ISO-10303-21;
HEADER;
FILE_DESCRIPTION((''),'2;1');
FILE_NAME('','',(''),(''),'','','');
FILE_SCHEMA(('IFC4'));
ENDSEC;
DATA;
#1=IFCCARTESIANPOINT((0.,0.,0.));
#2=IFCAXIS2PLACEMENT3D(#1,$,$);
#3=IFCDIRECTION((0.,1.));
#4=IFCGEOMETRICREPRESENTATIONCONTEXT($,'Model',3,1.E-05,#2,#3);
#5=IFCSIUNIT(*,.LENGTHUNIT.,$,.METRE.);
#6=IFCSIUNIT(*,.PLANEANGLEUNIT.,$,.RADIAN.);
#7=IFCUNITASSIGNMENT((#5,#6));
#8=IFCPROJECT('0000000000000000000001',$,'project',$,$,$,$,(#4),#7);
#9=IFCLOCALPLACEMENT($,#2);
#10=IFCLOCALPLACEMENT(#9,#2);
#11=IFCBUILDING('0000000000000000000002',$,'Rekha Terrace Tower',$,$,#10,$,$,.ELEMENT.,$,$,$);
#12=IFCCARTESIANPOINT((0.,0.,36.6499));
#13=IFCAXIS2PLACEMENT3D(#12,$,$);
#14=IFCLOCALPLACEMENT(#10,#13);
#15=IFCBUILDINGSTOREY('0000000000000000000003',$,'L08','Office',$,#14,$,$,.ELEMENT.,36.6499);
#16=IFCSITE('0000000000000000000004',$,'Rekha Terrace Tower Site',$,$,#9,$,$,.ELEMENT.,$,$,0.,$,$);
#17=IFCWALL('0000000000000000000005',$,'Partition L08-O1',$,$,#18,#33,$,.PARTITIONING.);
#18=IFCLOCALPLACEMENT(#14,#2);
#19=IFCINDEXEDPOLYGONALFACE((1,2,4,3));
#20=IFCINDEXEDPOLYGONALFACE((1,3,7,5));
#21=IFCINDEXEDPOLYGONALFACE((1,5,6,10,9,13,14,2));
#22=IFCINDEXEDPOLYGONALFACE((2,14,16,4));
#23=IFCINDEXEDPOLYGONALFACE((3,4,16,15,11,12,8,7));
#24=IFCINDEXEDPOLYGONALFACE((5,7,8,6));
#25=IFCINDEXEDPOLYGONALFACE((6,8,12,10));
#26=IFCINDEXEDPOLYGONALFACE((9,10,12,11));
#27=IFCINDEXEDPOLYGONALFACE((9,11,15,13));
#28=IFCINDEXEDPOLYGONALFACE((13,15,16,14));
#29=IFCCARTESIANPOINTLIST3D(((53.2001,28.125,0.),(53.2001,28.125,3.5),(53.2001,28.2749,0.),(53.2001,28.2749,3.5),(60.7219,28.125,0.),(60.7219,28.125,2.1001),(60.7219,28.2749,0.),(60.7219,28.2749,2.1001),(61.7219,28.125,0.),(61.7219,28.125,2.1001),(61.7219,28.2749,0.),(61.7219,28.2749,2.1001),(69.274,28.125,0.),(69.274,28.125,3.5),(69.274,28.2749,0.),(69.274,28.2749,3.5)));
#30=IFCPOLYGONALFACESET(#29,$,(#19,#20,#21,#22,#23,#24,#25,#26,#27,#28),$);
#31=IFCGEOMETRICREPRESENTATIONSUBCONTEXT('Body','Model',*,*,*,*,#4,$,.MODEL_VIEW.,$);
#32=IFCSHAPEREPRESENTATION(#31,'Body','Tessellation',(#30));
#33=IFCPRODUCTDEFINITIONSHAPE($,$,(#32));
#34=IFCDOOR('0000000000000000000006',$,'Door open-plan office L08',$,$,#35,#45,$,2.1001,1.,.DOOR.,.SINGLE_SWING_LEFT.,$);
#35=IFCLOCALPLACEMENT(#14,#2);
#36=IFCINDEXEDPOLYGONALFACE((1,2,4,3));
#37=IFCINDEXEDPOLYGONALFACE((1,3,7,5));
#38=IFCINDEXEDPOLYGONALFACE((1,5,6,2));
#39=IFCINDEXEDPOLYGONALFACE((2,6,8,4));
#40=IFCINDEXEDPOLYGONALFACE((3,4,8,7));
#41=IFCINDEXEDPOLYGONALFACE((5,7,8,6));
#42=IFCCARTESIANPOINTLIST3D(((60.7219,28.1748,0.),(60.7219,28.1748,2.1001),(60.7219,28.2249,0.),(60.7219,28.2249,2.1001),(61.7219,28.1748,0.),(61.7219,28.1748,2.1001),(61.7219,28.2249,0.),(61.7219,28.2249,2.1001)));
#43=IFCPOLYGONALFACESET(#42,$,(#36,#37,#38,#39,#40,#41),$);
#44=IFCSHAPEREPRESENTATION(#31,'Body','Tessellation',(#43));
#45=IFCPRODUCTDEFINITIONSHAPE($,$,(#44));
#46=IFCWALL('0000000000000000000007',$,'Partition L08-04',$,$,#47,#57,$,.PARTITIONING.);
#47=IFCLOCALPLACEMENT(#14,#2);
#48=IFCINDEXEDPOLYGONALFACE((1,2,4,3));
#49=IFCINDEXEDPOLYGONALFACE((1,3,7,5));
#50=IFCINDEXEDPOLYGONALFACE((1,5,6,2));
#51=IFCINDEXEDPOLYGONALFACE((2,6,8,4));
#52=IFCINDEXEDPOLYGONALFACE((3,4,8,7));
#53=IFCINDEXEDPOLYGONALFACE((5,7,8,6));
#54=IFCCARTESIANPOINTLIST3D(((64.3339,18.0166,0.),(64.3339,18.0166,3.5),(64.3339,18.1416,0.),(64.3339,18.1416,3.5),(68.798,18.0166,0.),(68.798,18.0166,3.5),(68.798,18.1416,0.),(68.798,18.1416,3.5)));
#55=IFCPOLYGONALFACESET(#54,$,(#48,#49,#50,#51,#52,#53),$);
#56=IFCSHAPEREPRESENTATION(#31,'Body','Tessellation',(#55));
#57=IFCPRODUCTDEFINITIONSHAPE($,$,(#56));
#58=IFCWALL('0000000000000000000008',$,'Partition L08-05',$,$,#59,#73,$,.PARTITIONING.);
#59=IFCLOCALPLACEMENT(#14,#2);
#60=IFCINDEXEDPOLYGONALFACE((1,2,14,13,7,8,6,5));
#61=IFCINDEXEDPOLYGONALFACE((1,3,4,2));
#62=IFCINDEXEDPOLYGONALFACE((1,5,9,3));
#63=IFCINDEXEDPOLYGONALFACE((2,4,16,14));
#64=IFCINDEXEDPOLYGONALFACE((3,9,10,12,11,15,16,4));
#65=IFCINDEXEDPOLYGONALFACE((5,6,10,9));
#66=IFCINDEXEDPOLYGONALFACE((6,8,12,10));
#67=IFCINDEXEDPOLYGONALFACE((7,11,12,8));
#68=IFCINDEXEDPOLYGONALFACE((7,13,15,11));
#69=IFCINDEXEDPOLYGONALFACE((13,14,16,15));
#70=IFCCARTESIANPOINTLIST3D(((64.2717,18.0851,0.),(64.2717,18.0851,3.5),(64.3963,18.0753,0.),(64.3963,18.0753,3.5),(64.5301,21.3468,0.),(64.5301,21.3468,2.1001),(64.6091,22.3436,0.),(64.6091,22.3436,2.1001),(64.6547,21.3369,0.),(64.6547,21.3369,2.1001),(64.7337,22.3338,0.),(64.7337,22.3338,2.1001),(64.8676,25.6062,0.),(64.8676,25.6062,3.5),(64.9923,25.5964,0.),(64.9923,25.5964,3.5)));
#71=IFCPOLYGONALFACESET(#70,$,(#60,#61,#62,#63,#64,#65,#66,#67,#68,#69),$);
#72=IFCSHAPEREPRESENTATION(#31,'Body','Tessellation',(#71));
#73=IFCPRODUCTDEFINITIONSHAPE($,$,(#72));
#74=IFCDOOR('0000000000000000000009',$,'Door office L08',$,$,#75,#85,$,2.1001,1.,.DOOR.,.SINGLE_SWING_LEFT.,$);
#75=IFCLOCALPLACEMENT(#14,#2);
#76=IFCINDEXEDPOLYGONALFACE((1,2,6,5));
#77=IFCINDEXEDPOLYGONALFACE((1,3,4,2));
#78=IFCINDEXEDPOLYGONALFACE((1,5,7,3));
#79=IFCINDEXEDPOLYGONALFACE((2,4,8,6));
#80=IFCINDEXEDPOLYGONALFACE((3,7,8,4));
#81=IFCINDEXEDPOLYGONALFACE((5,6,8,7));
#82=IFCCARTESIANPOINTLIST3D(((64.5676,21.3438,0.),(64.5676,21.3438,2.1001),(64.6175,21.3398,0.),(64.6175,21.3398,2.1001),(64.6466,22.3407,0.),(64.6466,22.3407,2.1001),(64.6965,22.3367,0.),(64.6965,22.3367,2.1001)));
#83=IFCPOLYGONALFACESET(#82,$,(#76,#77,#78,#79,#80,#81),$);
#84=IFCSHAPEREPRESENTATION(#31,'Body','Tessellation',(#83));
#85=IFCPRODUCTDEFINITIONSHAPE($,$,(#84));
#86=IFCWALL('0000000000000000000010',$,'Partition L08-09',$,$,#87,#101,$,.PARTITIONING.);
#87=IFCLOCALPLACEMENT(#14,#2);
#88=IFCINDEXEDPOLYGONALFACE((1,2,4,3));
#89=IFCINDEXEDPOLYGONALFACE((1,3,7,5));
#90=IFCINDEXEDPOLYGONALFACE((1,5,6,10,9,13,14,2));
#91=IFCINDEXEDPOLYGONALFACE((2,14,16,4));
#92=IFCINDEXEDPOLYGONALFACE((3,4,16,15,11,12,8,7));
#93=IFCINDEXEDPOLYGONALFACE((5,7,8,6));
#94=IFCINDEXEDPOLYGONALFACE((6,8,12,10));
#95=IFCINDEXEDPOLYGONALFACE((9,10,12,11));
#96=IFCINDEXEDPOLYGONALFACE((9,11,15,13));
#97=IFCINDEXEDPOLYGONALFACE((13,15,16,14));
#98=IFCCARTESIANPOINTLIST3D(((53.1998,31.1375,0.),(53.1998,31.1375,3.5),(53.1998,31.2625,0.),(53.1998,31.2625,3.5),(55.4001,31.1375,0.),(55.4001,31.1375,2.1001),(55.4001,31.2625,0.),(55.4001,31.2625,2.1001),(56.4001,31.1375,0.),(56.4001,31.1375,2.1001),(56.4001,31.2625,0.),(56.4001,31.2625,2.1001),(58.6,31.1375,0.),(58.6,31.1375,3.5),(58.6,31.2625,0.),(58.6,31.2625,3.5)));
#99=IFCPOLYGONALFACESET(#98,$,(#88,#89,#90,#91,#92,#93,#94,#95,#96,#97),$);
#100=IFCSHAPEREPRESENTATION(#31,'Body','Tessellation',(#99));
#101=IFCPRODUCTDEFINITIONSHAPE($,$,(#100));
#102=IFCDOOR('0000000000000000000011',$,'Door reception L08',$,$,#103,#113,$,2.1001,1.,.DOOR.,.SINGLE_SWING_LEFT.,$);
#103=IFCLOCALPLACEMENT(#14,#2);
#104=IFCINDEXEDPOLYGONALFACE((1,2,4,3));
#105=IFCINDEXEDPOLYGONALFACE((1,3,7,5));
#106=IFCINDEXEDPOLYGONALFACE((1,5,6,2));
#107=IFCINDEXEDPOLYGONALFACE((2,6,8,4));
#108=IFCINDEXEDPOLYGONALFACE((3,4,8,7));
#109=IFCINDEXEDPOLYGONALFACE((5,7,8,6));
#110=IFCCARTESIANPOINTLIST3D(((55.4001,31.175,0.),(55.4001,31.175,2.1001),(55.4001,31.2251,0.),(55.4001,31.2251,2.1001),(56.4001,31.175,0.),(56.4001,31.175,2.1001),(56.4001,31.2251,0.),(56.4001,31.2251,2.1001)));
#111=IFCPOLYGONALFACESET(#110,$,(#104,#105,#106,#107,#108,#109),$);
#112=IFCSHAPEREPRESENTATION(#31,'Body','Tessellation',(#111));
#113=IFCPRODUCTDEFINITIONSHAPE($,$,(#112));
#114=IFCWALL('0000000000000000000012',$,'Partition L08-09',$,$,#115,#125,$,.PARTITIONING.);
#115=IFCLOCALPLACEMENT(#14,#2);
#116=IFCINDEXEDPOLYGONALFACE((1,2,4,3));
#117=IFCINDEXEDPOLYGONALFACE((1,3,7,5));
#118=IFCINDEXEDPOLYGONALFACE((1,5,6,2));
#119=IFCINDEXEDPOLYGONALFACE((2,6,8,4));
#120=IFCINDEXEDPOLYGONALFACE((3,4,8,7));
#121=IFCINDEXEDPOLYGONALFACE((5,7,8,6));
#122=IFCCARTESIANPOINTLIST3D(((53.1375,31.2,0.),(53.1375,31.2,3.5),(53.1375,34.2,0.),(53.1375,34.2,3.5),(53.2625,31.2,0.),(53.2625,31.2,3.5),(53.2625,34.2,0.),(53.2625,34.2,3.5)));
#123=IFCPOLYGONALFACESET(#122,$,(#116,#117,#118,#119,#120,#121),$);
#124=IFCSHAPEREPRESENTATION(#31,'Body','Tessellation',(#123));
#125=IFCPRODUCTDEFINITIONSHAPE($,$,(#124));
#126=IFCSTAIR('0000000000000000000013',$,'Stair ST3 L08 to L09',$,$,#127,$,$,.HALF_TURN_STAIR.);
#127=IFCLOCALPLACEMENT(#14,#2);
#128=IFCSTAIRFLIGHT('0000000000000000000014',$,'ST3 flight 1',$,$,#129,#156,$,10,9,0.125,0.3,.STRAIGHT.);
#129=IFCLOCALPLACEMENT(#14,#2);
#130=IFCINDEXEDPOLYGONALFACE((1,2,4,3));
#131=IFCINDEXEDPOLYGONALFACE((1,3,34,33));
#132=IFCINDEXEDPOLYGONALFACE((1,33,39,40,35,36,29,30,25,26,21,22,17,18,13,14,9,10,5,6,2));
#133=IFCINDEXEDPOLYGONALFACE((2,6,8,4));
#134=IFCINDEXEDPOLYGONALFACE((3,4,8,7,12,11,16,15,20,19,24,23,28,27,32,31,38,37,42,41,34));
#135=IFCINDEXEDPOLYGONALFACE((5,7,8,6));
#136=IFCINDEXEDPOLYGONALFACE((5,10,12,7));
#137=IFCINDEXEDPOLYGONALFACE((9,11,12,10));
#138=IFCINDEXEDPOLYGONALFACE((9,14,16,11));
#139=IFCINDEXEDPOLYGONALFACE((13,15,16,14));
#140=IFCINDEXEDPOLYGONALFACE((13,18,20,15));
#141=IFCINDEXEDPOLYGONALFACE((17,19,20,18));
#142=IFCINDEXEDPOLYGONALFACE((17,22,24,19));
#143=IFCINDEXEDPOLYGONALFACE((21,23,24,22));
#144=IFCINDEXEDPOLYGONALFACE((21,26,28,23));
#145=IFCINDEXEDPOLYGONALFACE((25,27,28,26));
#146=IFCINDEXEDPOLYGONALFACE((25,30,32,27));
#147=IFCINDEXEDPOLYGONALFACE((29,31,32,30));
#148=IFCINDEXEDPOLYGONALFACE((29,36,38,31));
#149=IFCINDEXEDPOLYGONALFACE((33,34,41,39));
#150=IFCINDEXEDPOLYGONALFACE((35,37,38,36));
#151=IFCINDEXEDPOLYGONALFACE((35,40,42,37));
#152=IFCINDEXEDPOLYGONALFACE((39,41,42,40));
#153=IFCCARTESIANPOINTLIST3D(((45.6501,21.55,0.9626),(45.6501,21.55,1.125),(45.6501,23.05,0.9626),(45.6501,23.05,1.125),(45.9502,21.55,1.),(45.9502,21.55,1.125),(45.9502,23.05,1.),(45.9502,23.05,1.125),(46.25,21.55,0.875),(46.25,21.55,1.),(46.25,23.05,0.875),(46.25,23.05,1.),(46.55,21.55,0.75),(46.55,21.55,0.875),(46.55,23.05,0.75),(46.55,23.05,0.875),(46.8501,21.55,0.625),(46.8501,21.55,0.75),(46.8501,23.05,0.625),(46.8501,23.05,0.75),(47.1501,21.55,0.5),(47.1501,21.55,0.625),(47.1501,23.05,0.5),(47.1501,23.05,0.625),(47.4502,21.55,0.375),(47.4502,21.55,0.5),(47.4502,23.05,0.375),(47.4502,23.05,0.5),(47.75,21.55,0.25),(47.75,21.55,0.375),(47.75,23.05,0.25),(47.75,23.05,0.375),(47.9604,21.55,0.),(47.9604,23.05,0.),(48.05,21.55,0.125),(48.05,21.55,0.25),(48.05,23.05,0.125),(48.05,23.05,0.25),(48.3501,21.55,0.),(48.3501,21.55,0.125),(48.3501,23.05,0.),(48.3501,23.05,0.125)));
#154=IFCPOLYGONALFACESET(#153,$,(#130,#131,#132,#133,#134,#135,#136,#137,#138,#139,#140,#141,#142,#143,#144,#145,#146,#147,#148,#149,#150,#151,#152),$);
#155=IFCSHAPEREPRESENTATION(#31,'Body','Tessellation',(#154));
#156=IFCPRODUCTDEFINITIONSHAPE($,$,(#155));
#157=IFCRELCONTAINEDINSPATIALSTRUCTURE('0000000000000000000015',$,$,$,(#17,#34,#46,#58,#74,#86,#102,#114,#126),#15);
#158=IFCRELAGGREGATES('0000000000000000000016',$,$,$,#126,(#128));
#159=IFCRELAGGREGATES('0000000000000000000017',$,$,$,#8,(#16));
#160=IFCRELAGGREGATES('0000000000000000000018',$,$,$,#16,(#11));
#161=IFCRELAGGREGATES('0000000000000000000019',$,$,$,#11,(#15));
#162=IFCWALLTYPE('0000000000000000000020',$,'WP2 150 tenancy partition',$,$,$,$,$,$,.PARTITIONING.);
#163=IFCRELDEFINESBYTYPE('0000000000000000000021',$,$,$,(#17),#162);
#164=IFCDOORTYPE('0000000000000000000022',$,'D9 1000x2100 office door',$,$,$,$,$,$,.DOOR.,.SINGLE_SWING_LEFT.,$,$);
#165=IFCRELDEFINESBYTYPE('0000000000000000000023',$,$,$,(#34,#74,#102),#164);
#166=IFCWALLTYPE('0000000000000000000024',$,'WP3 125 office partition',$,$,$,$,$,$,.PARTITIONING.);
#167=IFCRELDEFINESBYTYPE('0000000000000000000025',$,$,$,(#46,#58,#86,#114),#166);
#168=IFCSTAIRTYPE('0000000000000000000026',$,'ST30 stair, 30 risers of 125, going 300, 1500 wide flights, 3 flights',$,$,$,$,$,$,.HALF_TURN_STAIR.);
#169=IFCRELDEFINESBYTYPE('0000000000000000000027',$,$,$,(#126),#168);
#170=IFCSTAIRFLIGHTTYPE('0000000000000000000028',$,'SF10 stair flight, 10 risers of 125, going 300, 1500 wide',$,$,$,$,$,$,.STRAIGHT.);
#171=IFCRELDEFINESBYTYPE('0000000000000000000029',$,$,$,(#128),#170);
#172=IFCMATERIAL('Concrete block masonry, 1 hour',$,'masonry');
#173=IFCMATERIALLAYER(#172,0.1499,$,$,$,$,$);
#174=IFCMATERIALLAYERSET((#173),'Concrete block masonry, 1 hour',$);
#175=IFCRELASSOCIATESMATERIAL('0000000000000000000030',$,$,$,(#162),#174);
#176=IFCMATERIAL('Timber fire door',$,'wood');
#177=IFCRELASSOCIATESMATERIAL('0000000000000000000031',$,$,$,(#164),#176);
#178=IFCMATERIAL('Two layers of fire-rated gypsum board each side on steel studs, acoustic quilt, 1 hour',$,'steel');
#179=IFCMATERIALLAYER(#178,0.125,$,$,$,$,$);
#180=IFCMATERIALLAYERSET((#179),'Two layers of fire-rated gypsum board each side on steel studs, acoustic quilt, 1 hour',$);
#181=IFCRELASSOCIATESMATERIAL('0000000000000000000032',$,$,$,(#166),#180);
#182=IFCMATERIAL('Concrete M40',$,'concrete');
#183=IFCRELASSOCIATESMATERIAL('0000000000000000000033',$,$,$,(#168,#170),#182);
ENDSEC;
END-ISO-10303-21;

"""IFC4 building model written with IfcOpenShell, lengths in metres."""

from ifc_helpers import new_model, si_unit, direction, frame, frame_2d, origin, place, context, subcontext, project, spatial, polyline, rectangle, outline, extrude, material, layer, layer_set, type_object, element, fill, aggregate, save


model = new_model("IFC4")

# Units and contexts
model_context = context("Model", 3, precision=1e-05, world=origin(), true_north=direction((0.0, 1.0)))
body_context = subcontext(model_context, "Body", "Model", "MODEL_VIEW")
ifc_project = project(units=[si_unit("LENGTHUNIT", "METRE"), si_unit("PLANEANGLEUNIT", "RADIAN")], contexts=[model_context])

# Site, building, storey
site_placement = place(None, origin())
site = spatial("IfcSite", under=ifc_project, at=site_placement, Name="Rekha Terrace Tower Site", CompositionType="ELEMENT", RefElevation=0.0)
building_placement = place(site_placement, origin())
building = spatial("IfcBuilding", under=site, at=building_placement, Name="Rekha Terrace Tower", CompositionType="ELEMENT")
storey_placement = place(building_placement, frame((0.0, 0.0, 36.6499)))
storey = spatial("IfcBuildingStorey", under=building, at=storey_placement, Name="L08", Description="Office", CompositionType="ELEMENT", Elevation=36.6499)

# Shared definitions
ifc_material_1 = material(Name="Concrete block masonry, 1 hour", Category="masonry")
ifc_layer_1 = layer(ifc_material_1, 0.1499)
ifc_layer_set_1 = layer_set([ifc_layer_1], Name="Concrete block masonry, 1 hour")
wall_type_1 = type_object("IfcWallType", Name="WP2 150 tenancy partition", PredefinedType="PARTITIONING", material=ifc_layer_set_1)

# Wall, opening, door
wall_1_placement = place(storey_placement, frame((53.2, 28.2, 0.0), z_axis=(0.0, 0.0, 1.0), x_axis=(1.0, 0.0, 0.0)))
wall_1 = element("IfcWall", 1, at=wall_1_placement, inside=storey, type_object=wall_type_1, Name="Partition L08-O1", PredefinedType="PARTITIONING", context=body_context, shape_type="SweptSolid", body=[
    extrude(rectangle(XDim=16.074, YDim=0.1499, at=frame_2d((8.0371, 0.0))), origin(), (0.0, 0.0, 1.0), 3.5),
])
opening_1_placement = place(wall_1_placement, frame((7.522, 0.0, 0.0)))
opening_1 = element("IfcOpeningElement", 2, at=opening_1_placement, cuts=wall_1, PredefinedType="OPENING", context=body_context, shape_type="SweptSolid", body=[
    extrude(rectangle(XDim=1.0, YDim=2.1001, at=frame_2d((0.5, 1.05))), frame((0.0, 0.085, 0.0), z_axis=(0.0, -1.0, 0.0), x_axis=(1.0, 0.0, 0.0)), (0.0, 0.0, 1.0), 0.1699),
])
ifc_material_2 = material(Name="Timber fire door", Category="wood")
door_type_1 = type_object("IfcDoorType", Name="D9 1000x2100 office door", OperationType="SINGLE_SWING_LEFT", PredefinedType="DOOR", material=ifc_material_2)
door_1_placement = place(opening_1_placement, origin())
door_1 = element("IfcDoor", 3, at=door_1_placement, inside=storey, type_object=door_type_1, Name="Door open-plan office L08", OperationType="SINGLE_SWING_LEFT", OverallHeight=2.1001, OverallWidth=1.0, PredefinedType="DOOR", context=body_context, shape_type="SweptSolid", body=[
    extrude(rectangle(XDim=1.0, YDim=2.1001, at=frame_2d((0.5, 1.05))), frame((0.0, 0.0249, 0.0), z_axis=(0.0, -1.0, 0.0), x_axis=(1.0, 0.0, 0.0)), (0.0, 0.0, 1.0), 0.05),
])
fill(opening_1, door_1)

# Wall
ifc_material_3 = material(Name="Two layers of fire-rated gypsum board each side on steel studs, acoustic quilt, 1 hour", Category="steel")
ifc_layer_2 = layer(ifc_material_3, 0.125)
ifc_layer_set_2 = layer_set([ifc_layer_2], Name="Two layers of fire-rated gypsum board each side on steel studs, acoustic quilt, 1 hour")
wall_type_2 = type_object("IfcWallType", Name="WP3 125 office partition", PredefinedType="PARTITIONING", material=ifc_layer_set_2)
wall_2_placement = place(storey_placement, frame((64.334, 18.0791, 0.0), z_axis=(0.0, 0.0, 1.0), x_axis=(1.0, 0.0, 0.0)))
element("IfcWall", 4, at=wall_2_placement, inside=storey, type_object=wall_type_2, Name="Partition L08-04", PredefinedType="PARTITIONING", context=body_context, shape_type="SweptSolid", body=[
    extrude(rectangle(XDim=4.4641, YDim=0.125, at=frame_2d((2.2319, 0.0))), origin(), (0.0, 0.0, 1.0), 3.5),
])

# Walls, openings, doors
wall_3_placement = place(storey_placement, frame((64.334, 18.0801, 0.0), z_axis=(0.0, 0.0, 1.0), x_axis=(0.07899, 0.996875, 0.0)))
wall_3 = element("IfcWall", 5, at=wall_3_placement, inside=storey, type_object=wall_type_2, Name="Partition L08-05", PredefinedType="PARTITIONING", context=body_context, shape_type="SweptSolid", body=[
    extrude(rectangle(XDim=7.5447, YDim=0.125, at=frame_2d((3.7725, 0.0))), origin(), (0.0, 0.0, 1.0), 3.5),
])
opening_2_placement = place(wall_3_placement, frame((3.272, 0.0, 0.0)))
opening_2 = element("IfcOpeningElement", 6, at=opening_2_placement, cuts=wall_3, PredefinedType="OPENING", context=body_context, shape_type="SweptSolid", body=[
    extrude(rectangle(XDim=1.0, YDim=2.1001, at=frame_2d((0.5, 1.05))), frame((0.0, 0.0725, 0.0), z_axis=(0.0, -1.0, 0.0), x_axis=(1.0, 0.0, 0.0)), (0.0, 0.0, 1.0), 0.145),
])
door_2_placement = place(opening_2_placement, origin())
door_2 = element("IfcDoor", 7, at=door_2_placement, inside=storey, type_object=door_type_1, Name="Door office L08", OperationType="SINGLE_SWING_LEFT", OverallHeight=2.1001, OverallWidth=1.0, PredefinedType="DOOR", context=body_context, shape_type="SweptSolid", body=[
    extrude(rectangle(XDim=1.0, YDim=2.1001, at=frame_2d((0.5, 1.05))), frame((0.0, 0.0249, 0.0), z_axis=(0.0, -1.0, 0.0), x_axis=(1.0, 0.0, 0.0)), (0.0, 0.0, 1.0), 0.05),
])
fill(opening_2, door_2)
wall_4_placement = place(storey_placement, frame((58.6001, 31.2, 0.0), z_axis=(0.0, 0.0, 1.0), x_axis=(-1.0, 0.0, 0.0)))
wall_4 = element("IfcWall", 8, at=wall_4_placement, inside=storey, type_object=wall_type_2, Name="Partition L08-09", PredefinedType="PARTITIONING", context=body_context, shape_type="SweptSolid", body=[
    extrude(rectangle(XDim=5.4001, YDim=0.125, at=frame_2d((2.7002, 0.0))), origin(), (0.0, 0.0, 1.0), 3.5),
])
opening_3_placement = place(wall_4_placement, frame((2.2, 0.0, 0.0)))
opening_3 = element("IfcOpeningElement", 9, at=opening_3_placement, cuts=wall_4, PredefinedType="OPENING", context=body_context, shape_type="SweptSolid", body=[
    extrude(rectangle(XDim=1.0, YDim=2.1001, at=frame_2d((0.5, 1.05))), frame((0.0, 0.0725, 0.0), z_axis=(0.0, -1.0, 0.0), x_axis=(1.0, 0.0, 0.0)), (0.0, 0.0, 1.0), 0.145),
])
door_3_placement = place(opening_3_placement, origin())
door_3 = element("IfcDoor", 10, at=door_3_placement, inside=storey, type_object=door_type_1, Name="Door reception L08", OperationType="SINGLE_SWING_LEFT", OverallHeight=2.1001, OverallWidth=1.0, PredefinedType="DOOR", context=body_context, shape_type="SweptSolid", body=[
    extrude(rectangle(XDim=1.0, YDim=2.1001, at=frame_2d((0.5, 1.05))), frame((0.0, 0.0249, 0.0), z_axis=(0.0, -1.0, 0.0), x_axis=(1.0, 0.0, 0.0)), (0.0, 0.0, 1.0), 0.05),
])
fill(opening_3, door_3)

# Wall
wall_5_placement = place(storey_placement, frame((53.2, 31.2, 0.0), z_axis=(0.0, 0.0, 1.0), x_axis=(0.0, 1.0, 0.0)))
element("IfcWall", 11, at=wall_5_placement, inside=storey, type_object=wall_type_2, Name="Partition L08-09", PredefinedType="PARTITIONING", context=body_context, shape_type="SweptSolid", body=[
    extrude(rectangle(XDim=3.0, YDim=0.125, at=frame_2d((1.5, 0.0))), origin(), (0.0, 0.0, 1.0), 3.5),
])

# Stair, stair flight
ifc_material_4 = material(Name="Concrete M40", Category="concrete")
stair_type = type_object("IfcStairType", Name="ST30 stair, 30 risers of 125, going 300, 1500 wide flights, 3 flights", PredefinedType="HALF_TURN_STAIR", material=ifc_material_4)
stair_placement = place(storey_placement, origin())
stair = element("IfcStair", 12, at=stair_placement, inside=storey, type_object=stair_type, Name="Stair ST3 L08 to L09", PredefinedType="HALF_TURN_STAIR")
stair_flight_type = type_object("IfcStairFlightType", Name="SF10 stair flight, 10 risers of 125, going 300, 1500 wide", PredefinedType="STRAIGHT", material=ifc_material_4)
stair_flight_placement = place(storey_placement, frame((48.3501, 22.3, 0.0), z_axis=(0.0, 0.0, 1.0), x_axis=(-1.0, 0.0, 0.0)))
stair_flight = element("IfcStairFlight", 13, at=stair_flight_placement, type_object=stair_flight_type, Name="ST3 flight 1", NumberOfRisers=10, NumberOfTreads=9, PredefinedType="STRAIGHT", RiserHeight=0.125, TreadLength=0.3, context=body_context, shape_type="SweptSolid", body=[
    extrude(outline(polyline([(0.0, 0.0), (0.0, 0.125), (0.3, 0.125), (0.3, 0.25), (0.6001, 0.25), (0.6001, 0.375), (0.8999, 0.375), (0.8999, 0.5), (1.2, 0.5), (1.2, 0.625), (1.5, 0.625), (1.5, 0.75), (1.8, 0.75), (1.8, 0.875), (2.1001, 0.875), (2.1001, 1.0), (2.3999, 1.0), (2.3999, 1.125), (2.7, 1.125), (2.7, 1.25), (2.7, 0.9626), (0.3896, 0.0), (0.0, 0.0)])), frame((0.0, 0.75, 0.0), z_axis=(0.0, -1.0, 0.0), x_axis=(1.0, 0.0, 0.0)), (0.0, 0.0, 1.0), 1.5),
])
aggregate(stair, [stair_flight])

save(model, "model.ifc")
